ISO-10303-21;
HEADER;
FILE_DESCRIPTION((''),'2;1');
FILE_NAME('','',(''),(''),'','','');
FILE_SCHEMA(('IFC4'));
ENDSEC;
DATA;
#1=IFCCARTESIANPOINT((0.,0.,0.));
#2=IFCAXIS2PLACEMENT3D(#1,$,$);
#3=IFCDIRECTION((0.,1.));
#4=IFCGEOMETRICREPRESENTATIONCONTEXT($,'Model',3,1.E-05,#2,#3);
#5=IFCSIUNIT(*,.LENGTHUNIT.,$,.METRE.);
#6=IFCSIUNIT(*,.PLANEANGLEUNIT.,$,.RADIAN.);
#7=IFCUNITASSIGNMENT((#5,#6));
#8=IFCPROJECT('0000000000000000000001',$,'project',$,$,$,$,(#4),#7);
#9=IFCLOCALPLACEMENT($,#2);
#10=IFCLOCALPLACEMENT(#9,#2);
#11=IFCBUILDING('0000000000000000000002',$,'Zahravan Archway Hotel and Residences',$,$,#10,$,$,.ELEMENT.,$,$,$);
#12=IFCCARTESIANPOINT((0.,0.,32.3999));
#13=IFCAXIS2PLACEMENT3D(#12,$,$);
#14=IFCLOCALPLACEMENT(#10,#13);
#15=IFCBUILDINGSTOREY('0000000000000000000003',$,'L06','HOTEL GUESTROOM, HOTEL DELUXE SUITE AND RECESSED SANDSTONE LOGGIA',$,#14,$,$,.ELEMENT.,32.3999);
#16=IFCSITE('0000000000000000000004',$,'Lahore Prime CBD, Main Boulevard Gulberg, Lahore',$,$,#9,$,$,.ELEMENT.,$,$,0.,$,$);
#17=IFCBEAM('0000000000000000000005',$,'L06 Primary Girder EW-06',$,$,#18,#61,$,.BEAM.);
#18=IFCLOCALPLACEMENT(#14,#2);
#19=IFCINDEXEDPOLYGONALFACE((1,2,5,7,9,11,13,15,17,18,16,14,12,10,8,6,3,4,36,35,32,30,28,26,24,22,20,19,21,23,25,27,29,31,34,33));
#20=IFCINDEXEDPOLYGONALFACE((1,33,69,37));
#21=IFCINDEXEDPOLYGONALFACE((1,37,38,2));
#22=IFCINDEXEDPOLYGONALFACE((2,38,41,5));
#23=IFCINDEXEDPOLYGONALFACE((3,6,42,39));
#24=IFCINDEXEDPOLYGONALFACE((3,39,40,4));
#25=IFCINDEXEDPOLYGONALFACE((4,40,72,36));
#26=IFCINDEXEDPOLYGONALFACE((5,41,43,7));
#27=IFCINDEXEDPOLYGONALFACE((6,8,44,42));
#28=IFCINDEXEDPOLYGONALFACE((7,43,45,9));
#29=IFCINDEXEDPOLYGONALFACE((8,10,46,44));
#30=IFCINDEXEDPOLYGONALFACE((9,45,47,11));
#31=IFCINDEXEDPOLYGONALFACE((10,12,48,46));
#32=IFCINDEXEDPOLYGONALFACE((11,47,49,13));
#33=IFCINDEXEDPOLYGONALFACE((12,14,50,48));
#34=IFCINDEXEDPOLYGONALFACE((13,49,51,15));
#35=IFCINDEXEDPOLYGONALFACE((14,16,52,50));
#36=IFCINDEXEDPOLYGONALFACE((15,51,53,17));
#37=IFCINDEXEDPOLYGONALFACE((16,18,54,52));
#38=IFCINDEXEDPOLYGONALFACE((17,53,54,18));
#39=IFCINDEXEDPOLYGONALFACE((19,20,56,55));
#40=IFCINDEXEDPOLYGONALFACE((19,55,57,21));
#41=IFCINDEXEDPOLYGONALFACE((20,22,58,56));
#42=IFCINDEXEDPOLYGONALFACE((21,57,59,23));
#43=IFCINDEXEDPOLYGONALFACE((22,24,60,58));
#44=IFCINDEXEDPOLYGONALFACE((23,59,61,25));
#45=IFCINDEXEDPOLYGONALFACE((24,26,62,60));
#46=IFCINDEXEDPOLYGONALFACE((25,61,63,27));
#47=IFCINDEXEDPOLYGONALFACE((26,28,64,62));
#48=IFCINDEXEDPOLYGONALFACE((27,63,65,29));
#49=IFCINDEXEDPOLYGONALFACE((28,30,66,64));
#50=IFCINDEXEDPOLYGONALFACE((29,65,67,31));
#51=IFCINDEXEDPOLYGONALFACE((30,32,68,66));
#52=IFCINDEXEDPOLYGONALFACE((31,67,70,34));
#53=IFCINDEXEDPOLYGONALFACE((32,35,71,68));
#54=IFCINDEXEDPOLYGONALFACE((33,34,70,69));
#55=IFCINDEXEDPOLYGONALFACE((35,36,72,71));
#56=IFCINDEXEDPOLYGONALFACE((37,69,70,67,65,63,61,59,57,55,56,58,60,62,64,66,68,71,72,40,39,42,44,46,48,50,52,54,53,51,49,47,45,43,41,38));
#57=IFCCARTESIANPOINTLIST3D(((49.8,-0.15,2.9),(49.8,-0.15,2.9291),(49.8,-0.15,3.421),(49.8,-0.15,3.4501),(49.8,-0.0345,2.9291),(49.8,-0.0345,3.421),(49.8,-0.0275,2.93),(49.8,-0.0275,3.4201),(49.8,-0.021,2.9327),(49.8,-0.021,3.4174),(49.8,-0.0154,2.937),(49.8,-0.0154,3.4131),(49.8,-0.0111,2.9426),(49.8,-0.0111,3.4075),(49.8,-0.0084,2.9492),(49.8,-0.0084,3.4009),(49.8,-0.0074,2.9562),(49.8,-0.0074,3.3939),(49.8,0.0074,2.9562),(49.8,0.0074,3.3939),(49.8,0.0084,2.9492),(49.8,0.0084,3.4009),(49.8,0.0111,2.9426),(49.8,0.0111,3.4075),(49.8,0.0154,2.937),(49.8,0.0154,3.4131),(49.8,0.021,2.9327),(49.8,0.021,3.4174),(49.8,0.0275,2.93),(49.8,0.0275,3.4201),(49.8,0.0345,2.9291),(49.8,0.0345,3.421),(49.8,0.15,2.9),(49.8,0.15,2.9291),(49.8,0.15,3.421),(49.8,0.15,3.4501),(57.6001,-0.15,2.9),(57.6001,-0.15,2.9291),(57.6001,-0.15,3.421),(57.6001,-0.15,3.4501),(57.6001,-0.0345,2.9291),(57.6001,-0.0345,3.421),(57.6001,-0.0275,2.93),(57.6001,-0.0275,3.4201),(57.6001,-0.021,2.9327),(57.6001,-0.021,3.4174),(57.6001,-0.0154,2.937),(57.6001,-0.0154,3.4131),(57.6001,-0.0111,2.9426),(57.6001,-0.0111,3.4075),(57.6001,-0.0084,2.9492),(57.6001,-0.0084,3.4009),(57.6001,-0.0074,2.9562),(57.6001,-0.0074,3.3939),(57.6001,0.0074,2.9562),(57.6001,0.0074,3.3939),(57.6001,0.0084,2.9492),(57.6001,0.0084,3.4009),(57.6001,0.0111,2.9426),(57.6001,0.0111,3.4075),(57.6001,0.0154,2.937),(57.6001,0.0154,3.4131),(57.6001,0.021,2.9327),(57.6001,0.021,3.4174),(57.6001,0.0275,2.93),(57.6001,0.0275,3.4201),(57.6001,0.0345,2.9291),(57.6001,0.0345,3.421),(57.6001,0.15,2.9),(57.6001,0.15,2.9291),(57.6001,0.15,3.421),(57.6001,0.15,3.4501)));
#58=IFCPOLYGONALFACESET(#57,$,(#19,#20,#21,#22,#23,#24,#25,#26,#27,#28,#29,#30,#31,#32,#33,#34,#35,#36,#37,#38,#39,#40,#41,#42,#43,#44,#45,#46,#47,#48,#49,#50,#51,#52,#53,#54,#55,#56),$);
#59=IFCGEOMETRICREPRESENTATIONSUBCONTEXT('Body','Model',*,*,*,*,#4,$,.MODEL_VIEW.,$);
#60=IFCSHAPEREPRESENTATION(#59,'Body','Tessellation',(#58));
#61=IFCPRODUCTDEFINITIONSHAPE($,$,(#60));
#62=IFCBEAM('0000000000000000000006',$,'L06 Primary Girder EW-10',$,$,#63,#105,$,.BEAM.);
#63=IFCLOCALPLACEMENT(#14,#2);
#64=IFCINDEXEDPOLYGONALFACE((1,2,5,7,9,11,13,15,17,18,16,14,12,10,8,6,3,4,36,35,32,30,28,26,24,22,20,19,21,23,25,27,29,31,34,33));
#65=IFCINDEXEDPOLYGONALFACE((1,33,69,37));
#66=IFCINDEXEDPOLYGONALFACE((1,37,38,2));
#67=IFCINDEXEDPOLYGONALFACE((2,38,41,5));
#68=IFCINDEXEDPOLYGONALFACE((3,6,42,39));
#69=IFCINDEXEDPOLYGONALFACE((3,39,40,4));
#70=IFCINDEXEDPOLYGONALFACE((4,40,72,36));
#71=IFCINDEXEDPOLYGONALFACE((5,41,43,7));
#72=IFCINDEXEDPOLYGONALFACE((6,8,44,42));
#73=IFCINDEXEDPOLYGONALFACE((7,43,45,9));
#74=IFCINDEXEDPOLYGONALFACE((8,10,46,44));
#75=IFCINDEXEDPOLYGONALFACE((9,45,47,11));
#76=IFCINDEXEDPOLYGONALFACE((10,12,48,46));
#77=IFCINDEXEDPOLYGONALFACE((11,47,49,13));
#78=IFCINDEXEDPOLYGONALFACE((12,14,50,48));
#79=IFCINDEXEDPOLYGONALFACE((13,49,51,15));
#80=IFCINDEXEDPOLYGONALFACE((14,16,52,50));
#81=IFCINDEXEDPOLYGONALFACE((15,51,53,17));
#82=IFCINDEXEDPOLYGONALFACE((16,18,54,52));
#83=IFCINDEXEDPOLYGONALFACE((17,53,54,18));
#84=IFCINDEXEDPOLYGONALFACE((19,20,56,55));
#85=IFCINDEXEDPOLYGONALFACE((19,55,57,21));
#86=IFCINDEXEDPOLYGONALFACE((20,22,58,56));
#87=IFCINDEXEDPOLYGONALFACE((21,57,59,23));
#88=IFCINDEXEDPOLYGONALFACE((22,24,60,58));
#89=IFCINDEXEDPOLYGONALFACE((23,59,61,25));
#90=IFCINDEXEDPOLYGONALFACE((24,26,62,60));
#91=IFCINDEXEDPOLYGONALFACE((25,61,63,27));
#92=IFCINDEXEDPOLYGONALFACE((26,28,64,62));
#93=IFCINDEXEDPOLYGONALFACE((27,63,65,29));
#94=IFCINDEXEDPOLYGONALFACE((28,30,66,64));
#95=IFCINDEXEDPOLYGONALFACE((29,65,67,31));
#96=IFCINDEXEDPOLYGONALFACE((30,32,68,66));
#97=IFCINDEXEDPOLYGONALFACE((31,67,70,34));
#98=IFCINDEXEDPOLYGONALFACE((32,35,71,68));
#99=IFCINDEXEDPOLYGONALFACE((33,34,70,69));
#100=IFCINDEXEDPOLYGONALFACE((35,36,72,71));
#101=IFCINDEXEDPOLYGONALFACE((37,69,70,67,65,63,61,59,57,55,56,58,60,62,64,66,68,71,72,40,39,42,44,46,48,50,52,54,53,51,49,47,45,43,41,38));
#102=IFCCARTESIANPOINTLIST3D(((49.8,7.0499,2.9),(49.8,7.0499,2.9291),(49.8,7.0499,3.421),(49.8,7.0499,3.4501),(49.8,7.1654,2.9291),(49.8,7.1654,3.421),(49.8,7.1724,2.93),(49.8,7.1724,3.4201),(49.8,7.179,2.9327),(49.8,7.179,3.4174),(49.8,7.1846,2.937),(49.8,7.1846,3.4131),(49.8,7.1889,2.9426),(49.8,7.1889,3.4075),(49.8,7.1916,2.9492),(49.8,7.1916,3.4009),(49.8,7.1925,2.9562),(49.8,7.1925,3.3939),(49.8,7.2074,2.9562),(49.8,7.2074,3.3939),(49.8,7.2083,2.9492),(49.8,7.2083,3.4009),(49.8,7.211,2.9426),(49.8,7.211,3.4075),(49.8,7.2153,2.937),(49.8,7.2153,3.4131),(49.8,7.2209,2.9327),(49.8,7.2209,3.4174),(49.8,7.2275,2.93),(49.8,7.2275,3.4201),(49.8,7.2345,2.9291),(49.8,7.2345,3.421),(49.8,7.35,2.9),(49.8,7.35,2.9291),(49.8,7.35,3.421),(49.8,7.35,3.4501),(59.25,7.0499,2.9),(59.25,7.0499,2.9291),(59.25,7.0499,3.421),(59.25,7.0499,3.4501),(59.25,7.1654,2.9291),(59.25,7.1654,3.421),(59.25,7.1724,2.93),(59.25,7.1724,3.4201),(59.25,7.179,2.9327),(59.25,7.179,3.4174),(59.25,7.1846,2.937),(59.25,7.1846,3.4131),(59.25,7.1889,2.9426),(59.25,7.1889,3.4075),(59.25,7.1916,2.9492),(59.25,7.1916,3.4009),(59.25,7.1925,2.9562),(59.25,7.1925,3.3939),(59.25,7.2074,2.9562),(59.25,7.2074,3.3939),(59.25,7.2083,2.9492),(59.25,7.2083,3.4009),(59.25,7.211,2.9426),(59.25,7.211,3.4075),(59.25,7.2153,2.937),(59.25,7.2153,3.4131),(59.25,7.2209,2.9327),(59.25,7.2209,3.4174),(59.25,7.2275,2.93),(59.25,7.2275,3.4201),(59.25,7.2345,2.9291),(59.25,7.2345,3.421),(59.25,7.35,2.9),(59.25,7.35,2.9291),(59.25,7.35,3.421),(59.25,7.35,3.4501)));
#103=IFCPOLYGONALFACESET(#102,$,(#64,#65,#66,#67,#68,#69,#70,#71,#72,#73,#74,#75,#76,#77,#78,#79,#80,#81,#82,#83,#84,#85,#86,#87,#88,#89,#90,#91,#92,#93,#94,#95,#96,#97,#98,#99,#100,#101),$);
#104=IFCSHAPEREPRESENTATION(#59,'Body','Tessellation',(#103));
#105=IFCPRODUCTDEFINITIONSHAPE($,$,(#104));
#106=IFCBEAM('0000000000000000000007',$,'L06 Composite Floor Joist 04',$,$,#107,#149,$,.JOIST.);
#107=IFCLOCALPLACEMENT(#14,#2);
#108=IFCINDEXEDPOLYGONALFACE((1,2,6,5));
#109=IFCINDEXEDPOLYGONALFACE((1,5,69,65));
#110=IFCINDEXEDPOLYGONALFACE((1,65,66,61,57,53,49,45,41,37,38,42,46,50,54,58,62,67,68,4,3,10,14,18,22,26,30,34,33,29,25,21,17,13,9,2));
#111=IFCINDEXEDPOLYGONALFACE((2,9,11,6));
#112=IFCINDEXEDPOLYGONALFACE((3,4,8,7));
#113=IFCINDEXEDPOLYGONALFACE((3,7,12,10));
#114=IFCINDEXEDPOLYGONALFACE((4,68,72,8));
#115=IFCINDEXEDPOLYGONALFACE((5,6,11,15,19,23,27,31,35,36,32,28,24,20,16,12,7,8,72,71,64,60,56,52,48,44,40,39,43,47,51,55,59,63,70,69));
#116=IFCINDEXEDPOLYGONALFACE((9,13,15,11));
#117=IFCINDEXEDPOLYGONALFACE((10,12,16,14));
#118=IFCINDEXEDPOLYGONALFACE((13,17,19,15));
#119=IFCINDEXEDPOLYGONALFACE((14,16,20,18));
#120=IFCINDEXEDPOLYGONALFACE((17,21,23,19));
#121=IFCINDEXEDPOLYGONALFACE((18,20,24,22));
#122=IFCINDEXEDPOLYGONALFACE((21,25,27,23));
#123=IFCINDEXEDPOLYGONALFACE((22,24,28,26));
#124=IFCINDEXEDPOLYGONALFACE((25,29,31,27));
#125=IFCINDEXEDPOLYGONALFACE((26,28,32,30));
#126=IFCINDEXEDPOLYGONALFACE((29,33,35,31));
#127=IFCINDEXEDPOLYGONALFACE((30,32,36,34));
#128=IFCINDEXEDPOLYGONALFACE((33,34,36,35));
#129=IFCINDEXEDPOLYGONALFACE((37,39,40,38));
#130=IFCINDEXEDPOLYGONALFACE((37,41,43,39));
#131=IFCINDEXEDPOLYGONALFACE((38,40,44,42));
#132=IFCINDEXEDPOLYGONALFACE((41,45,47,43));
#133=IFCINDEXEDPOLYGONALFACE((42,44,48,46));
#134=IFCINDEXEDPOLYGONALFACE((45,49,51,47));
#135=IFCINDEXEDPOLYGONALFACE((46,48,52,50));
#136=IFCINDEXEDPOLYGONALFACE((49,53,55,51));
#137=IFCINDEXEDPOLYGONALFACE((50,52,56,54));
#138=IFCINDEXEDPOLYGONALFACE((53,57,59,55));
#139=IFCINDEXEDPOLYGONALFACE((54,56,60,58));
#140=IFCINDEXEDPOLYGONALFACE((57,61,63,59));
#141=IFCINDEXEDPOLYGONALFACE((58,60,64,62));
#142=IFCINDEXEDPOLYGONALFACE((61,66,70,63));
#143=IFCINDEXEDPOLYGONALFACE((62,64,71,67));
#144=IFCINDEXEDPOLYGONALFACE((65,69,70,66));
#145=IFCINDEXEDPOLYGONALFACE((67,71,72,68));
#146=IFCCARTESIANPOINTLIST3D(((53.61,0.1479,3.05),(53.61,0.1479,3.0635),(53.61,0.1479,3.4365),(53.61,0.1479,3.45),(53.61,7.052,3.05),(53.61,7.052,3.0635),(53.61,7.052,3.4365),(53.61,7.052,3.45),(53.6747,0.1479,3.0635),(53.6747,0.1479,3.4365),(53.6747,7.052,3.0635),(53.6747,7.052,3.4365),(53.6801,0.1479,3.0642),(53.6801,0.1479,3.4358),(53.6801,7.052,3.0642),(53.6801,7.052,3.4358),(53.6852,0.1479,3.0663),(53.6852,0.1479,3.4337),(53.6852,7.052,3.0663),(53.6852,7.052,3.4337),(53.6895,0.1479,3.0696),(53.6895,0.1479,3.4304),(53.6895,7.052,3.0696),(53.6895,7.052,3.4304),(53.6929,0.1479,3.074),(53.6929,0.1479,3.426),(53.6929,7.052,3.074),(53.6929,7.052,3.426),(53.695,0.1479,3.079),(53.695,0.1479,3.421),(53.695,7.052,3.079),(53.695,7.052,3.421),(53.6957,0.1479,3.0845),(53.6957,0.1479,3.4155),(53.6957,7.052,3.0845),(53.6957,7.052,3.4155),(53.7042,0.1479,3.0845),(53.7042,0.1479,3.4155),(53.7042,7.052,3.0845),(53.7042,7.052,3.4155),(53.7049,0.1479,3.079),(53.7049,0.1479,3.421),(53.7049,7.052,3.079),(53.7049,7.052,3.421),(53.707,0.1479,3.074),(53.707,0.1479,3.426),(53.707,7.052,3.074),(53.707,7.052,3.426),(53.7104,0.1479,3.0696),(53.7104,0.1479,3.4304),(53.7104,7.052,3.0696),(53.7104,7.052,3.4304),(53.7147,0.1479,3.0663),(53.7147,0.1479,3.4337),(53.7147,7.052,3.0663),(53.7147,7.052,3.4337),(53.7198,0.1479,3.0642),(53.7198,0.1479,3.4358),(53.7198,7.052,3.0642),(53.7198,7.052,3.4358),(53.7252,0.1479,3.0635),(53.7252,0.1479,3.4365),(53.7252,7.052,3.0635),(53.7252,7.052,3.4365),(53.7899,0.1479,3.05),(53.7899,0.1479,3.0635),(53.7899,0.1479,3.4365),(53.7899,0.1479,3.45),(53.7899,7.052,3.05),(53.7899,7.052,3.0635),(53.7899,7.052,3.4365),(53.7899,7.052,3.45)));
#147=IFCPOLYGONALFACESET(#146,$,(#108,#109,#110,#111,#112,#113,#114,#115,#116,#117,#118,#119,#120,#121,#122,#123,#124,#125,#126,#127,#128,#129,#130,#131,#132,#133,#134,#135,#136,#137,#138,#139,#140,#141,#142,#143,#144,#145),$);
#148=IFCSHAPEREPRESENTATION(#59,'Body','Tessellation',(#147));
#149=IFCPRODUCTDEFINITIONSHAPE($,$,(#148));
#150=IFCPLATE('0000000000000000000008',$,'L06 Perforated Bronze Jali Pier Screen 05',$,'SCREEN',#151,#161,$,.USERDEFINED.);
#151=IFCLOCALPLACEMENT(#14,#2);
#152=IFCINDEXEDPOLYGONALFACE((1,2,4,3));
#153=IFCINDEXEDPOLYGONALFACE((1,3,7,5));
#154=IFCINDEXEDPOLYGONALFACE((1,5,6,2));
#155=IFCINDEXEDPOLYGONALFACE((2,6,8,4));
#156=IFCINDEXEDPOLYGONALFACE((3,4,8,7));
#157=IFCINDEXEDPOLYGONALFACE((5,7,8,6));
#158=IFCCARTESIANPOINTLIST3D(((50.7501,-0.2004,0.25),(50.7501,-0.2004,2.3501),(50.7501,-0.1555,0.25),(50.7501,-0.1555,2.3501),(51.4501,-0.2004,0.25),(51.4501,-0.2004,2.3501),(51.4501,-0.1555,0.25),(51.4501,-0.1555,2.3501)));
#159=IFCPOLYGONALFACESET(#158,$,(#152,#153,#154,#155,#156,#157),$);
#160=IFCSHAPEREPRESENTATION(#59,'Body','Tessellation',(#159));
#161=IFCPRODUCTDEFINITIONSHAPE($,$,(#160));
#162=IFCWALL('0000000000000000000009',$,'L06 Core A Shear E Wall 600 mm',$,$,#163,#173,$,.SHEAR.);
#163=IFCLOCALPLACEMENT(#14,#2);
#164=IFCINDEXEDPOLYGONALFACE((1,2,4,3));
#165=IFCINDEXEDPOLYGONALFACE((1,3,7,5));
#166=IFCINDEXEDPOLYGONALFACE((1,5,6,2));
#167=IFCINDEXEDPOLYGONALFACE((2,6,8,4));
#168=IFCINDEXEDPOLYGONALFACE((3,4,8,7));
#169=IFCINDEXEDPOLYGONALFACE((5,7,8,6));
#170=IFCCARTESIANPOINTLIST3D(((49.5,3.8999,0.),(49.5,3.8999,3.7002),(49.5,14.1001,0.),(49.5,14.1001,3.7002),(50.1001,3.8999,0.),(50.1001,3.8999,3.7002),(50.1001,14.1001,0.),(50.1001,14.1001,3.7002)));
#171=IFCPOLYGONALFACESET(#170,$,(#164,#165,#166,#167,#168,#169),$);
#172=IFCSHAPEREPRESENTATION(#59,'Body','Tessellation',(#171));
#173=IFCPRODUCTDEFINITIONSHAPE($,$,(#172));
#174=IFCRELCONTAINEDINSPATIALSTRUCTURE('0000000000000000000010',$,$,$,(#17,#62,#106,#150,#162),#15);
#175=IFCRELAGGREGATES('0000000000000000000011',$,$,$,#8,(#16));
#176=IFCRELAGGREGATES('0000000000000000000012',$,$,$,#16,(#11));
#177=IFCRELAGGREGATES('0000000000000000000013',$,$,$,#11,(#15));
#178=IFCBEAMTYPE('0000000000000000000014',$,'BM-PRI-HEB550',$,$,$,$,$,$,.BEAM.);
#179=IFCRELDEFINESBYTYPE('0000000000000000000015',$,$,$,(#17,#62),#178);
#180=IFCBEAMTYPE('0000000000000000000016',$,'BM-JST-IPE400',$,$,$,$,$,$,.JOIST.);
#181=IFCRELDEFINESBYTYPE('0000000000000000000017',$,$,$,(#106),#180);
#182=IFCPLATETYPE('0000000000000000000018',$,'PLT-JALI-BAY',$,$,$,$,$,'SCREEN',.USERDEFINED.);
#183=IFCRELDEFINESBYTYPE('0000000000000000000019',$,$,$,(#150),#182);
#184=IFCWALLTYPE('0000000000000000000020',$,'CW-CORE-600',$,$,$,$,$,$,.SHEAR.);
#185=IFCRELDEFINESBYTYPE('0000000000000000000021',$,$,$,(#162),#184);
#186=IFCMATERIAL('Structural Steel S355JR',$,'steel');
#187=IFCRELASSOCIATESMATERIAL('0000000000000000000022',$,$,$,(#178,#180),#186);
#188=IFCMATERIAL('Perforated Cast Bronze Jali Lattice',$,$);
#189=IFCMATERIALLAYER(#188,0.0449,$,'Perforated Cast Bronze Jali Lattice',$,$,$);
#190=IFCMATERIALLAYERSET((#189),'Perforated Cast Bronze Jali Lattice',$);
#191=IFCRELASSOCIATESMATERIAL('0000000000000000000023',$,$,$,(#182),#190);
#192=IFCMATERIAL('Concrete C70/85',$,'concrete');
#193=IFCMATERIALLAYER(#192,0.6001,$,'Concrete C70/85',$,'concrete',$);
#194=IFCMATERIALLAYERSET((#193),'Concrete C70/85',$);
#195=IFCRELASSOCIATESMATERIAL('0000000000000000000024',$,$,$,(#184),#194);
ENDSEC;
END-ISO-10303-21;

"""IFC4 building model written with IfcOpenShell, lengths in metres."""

from ifc_helpers import new_model, si_unit, direction, frame, frame_2d, origin, origin_2d, place, context, subcontext, project, spatial, rectangle, i_section, extrude, source, transform, mapped, material, layer, layer_set, material_profile, profile_set, type_object, type_shapes, element, save


model = new_model("IFC4")

# Units and contexts
model_context = context("Model", 3, precision=1e-05, world=origin(), true_north=direction((0.0, 1.0)))
body_context = subcontext(model_context, "Body", "Model", "MODEL_VIEW")
ifc_project = project(units=[si_unit("LENGTHUNIT", "METRE"), si_unit("PLANEANGLEUNIT", "RADIAN")], contexts=[model_context])

# Site, building, storey
site_placement = place(None, origin())
site = spatial("IfcSite", under=ifc_project, at=site_placement, Name="Lahore Prime CBD, Main Boulevard Gulberg, Lahore", CompositionType="ELEMENT", RefElevation=0.0)
building_placement = place(site_placement, origin())
building = spatial("IfcBuilding", under=site, at=building_placement, Name="Zahravan Archway Hotel and Residences", CompositionType="ELEMENT")
storey_placement = place(building_placement, frame((0.0, 0.0, 32.3999)))
storey = spatial("IfcBuildingStorey", under=building, at=storey_placement, Name="L06", Description="HOTEL GUESTROOM, HOTEL DELUXE SUITE AND RECESSED SANDSTONE LOGGIA", CompositionType="ELEMENT", Elevation=32.3999)

# Shared definitions
ifc_material_1 = material(Name="Concrete C70/85", Category="concrete")

# Beams
ifc_material_2 = material(Name="Structural Steel S355JR", Category="steel")
ifc_material_profile_1 = material_profile(ifc_material_2, i_section(OverallWidth=0.3, OverallDepth=0.55, WebThickness=0.0149, FlangeThickness=0.0291, FilletRadius=0.0271, at=origin_2d()), Name="HEB 550", Category="steel")
ifc_profile_set_1 = profile_set([ifc_material_profile_1], Name="Structural Steel S355JR")
beam_type_1 = type_object("IfcBeamType", Name="BM-PRI-HEB550", PredefinedType="BEAM", material=ifc_profile_set_1)
shared_shape_1 = source(origin(), body_context, "Body", "SweptSolid", [
    extrude(i_section(OverallWidth=0.3, OverallDepth=0.55, WebThickness=0.0149, FlangeThickness=0.0291, FilletRadius=0.0271, at=origin_2d()), origin(), (0.0, 0.0, 1.0), 7.8),
])
beam_1_placement = place(storey_placement, frame((49.8, 0.0, 3.175), z_axis=(1.0, 0.0, 0.0), x_axis=(0.0, 1.0, 0.0)))
element("IfcBeam", 1, at=beam_1_placement, inside=storey, type_object=beam_type_1, Name="L06 Primary Girder EW-06", PredefinedType="BEAM", context=body_context, shape_type="MappedRepresentation", body=[
    mapped(shared_shape_1, transform((0.0, 0.0, 0.0), scale=1.0)),
])
shared_shape_2 = source(origin(), body_context, "Body", "SweptSolid", [
    extrude(i_section(OverallWidth=0.3, OverallDepth=0.55, WebThickness=0.0149, FlangeThickness=0.0291, FilletRadius=0.0271, at=origin_2d()), origin(), (0.0, 0.0, 1.0), 9.45),
])
beam_2_placement = place(storey_placement, frame((49.8, 7.2, 3.175), z_axis=(1.0, 0.0, 0.0), x_axis=(0.0, 1.0, 0.0)))
element("IfcBeam", 2, at=beam_2_placement, inside=storey, type_object=beam_type_1, Name="L06 Primary Girder EW-10", PredefinedType="BEAM", context=body_context, shape_type="MappedRepresentation", body=[
    mapped(shared_shape_2, transform((0.0, 0.0, 0.0), scale=1.0)),
])
ifc_material_profile_2 = material_profile(ifc_material_2, i_section(OverallWidth=0.1799, OverallDepth=0.3999, WebThickness=0.0085, FlangeThickness=0.0134, FilletRadius=0.021, at=origin_2d()), Name="IPE 400", Category="steel")
ifc_profile_set_2 = profile_set([ifc_material_profile_2], Name="Structural Steel S355JR")
beam_type_2 = type_object("IfcBeamType", Name="BM-JST-IPE400", PredefinedType="JOIST", material=ifc_profile_set_2)
shared_shape_3 = source(origin(), body_context, "Body", "SweptSolid", [
    extrude(i_section(OverallWidth=0.1799, OverallDepth=0.3999, WebThickness=0.0085, FlangeThickness=0.0134, FilletRadius=0.021, at=origin_2d()), origin(), (0.0, 0.0, 1.0), 6.9041),
])
type_shapes(beam_type_2, [shared_shape_3])
beam_3_placement = place(storey_placement, frame((53.7, 0.1479, 3.25), z_axis=(0.0, 1.0, 0.0), x_axis=(-1.0, 0.0, 0.0)))
element("IfcBeam", 3, at=beam_3_placement, inside=storey, type_object=beam_type_2, Name="L06 Composite Floor Joist 04", PredefinedType="JOIST", context=body_context, shape_type="MappedRepresentation", body=[
    mapped(shared_shape_3, transform((0.0, 0.0, 0.0), scale=1.0)),
])

# Plate
ifc_material_3 = material(Name="Perforated Cast Bronze Jali Lattice")
ifc_layer_1 = layer(ifc_material_3, 0.0449, Name="Perforated Cast Bronze Jali Lattice")
ifc_layer_set_1 = layer_set([ifc_layer_1], Name="Perforated Cast Bronze Jali Lattice")
plate_type = type_object("IfcPlateType", Name="PLT-JALI-BAY", ElementType="SCREEN", PredefinedType="USERDEFINED", material=ifc_layer_set_1)
shared_shape_4 = source(origin(), body_context, "Body", "SweptSolid", [
    extrude(rectangle(XDim=0.7, YDim=0.0449, at=origin_2d()), origin(), (0.0, 0.0, 1.0), 2.1001),
])
type_shapes(plate_type, [shared_shape_4])
plate_placement = place(storey_placement, frame((51.1001, -0.178, 0.25), z_axis=(0.0, 0.0, 1.0), x_axis=(1.0, 0.0, 0.0)))
element("IfcPlate", 4, at=plate_placement, inside=storey, type_object=plate_type, Name="L06 Perforated Bronze Jali Pier Screen 05", ObjectType="SCREEN", PredefinedType="USERDEFINED", context=body_context, shape_type="MappedRepresentation", body=[
    mapped(shared_shape_4, transform((0.0, 0.0, 0.0), scale=1.0)),
])

# Wall
ifc_layer_2 = layer(ifc_material_1, 0.6001, Name="Concrete C70/85", Category="concrete")
ifc_layer_set_2 = layer_set([ifc_layer_2], Name="Concrete C70/85")
wall_type_1 = type_object("IfcWallType", Name="CW-CORE-600", PredefinedType="SHEAR", material=ifc_layer_set_2)
wall_1_placement = place(storey_placement, frame((49.8, 3.8999, 0.0), z_axis=(0.0, 0.0, 1.0), x_axis=(0.0, 1.0, 0.0)))
element("IfcWall", 5, at=wall_1_placement, inside=storey, type_object=wall_type_1, Name="L06 Core A Shear E Wall 600 mm", PredefinedType="SHEAR", context=body_context, shape_type="SweptSolid", body=[
    extrude(rectangle(XDim=10.2002, YDim=0.6001, at=frame_2d((5.1001, 0.0))), origin(), (0.0, 0.0, 1.0), 3.7002),
])

save(model, "model.ifc")
